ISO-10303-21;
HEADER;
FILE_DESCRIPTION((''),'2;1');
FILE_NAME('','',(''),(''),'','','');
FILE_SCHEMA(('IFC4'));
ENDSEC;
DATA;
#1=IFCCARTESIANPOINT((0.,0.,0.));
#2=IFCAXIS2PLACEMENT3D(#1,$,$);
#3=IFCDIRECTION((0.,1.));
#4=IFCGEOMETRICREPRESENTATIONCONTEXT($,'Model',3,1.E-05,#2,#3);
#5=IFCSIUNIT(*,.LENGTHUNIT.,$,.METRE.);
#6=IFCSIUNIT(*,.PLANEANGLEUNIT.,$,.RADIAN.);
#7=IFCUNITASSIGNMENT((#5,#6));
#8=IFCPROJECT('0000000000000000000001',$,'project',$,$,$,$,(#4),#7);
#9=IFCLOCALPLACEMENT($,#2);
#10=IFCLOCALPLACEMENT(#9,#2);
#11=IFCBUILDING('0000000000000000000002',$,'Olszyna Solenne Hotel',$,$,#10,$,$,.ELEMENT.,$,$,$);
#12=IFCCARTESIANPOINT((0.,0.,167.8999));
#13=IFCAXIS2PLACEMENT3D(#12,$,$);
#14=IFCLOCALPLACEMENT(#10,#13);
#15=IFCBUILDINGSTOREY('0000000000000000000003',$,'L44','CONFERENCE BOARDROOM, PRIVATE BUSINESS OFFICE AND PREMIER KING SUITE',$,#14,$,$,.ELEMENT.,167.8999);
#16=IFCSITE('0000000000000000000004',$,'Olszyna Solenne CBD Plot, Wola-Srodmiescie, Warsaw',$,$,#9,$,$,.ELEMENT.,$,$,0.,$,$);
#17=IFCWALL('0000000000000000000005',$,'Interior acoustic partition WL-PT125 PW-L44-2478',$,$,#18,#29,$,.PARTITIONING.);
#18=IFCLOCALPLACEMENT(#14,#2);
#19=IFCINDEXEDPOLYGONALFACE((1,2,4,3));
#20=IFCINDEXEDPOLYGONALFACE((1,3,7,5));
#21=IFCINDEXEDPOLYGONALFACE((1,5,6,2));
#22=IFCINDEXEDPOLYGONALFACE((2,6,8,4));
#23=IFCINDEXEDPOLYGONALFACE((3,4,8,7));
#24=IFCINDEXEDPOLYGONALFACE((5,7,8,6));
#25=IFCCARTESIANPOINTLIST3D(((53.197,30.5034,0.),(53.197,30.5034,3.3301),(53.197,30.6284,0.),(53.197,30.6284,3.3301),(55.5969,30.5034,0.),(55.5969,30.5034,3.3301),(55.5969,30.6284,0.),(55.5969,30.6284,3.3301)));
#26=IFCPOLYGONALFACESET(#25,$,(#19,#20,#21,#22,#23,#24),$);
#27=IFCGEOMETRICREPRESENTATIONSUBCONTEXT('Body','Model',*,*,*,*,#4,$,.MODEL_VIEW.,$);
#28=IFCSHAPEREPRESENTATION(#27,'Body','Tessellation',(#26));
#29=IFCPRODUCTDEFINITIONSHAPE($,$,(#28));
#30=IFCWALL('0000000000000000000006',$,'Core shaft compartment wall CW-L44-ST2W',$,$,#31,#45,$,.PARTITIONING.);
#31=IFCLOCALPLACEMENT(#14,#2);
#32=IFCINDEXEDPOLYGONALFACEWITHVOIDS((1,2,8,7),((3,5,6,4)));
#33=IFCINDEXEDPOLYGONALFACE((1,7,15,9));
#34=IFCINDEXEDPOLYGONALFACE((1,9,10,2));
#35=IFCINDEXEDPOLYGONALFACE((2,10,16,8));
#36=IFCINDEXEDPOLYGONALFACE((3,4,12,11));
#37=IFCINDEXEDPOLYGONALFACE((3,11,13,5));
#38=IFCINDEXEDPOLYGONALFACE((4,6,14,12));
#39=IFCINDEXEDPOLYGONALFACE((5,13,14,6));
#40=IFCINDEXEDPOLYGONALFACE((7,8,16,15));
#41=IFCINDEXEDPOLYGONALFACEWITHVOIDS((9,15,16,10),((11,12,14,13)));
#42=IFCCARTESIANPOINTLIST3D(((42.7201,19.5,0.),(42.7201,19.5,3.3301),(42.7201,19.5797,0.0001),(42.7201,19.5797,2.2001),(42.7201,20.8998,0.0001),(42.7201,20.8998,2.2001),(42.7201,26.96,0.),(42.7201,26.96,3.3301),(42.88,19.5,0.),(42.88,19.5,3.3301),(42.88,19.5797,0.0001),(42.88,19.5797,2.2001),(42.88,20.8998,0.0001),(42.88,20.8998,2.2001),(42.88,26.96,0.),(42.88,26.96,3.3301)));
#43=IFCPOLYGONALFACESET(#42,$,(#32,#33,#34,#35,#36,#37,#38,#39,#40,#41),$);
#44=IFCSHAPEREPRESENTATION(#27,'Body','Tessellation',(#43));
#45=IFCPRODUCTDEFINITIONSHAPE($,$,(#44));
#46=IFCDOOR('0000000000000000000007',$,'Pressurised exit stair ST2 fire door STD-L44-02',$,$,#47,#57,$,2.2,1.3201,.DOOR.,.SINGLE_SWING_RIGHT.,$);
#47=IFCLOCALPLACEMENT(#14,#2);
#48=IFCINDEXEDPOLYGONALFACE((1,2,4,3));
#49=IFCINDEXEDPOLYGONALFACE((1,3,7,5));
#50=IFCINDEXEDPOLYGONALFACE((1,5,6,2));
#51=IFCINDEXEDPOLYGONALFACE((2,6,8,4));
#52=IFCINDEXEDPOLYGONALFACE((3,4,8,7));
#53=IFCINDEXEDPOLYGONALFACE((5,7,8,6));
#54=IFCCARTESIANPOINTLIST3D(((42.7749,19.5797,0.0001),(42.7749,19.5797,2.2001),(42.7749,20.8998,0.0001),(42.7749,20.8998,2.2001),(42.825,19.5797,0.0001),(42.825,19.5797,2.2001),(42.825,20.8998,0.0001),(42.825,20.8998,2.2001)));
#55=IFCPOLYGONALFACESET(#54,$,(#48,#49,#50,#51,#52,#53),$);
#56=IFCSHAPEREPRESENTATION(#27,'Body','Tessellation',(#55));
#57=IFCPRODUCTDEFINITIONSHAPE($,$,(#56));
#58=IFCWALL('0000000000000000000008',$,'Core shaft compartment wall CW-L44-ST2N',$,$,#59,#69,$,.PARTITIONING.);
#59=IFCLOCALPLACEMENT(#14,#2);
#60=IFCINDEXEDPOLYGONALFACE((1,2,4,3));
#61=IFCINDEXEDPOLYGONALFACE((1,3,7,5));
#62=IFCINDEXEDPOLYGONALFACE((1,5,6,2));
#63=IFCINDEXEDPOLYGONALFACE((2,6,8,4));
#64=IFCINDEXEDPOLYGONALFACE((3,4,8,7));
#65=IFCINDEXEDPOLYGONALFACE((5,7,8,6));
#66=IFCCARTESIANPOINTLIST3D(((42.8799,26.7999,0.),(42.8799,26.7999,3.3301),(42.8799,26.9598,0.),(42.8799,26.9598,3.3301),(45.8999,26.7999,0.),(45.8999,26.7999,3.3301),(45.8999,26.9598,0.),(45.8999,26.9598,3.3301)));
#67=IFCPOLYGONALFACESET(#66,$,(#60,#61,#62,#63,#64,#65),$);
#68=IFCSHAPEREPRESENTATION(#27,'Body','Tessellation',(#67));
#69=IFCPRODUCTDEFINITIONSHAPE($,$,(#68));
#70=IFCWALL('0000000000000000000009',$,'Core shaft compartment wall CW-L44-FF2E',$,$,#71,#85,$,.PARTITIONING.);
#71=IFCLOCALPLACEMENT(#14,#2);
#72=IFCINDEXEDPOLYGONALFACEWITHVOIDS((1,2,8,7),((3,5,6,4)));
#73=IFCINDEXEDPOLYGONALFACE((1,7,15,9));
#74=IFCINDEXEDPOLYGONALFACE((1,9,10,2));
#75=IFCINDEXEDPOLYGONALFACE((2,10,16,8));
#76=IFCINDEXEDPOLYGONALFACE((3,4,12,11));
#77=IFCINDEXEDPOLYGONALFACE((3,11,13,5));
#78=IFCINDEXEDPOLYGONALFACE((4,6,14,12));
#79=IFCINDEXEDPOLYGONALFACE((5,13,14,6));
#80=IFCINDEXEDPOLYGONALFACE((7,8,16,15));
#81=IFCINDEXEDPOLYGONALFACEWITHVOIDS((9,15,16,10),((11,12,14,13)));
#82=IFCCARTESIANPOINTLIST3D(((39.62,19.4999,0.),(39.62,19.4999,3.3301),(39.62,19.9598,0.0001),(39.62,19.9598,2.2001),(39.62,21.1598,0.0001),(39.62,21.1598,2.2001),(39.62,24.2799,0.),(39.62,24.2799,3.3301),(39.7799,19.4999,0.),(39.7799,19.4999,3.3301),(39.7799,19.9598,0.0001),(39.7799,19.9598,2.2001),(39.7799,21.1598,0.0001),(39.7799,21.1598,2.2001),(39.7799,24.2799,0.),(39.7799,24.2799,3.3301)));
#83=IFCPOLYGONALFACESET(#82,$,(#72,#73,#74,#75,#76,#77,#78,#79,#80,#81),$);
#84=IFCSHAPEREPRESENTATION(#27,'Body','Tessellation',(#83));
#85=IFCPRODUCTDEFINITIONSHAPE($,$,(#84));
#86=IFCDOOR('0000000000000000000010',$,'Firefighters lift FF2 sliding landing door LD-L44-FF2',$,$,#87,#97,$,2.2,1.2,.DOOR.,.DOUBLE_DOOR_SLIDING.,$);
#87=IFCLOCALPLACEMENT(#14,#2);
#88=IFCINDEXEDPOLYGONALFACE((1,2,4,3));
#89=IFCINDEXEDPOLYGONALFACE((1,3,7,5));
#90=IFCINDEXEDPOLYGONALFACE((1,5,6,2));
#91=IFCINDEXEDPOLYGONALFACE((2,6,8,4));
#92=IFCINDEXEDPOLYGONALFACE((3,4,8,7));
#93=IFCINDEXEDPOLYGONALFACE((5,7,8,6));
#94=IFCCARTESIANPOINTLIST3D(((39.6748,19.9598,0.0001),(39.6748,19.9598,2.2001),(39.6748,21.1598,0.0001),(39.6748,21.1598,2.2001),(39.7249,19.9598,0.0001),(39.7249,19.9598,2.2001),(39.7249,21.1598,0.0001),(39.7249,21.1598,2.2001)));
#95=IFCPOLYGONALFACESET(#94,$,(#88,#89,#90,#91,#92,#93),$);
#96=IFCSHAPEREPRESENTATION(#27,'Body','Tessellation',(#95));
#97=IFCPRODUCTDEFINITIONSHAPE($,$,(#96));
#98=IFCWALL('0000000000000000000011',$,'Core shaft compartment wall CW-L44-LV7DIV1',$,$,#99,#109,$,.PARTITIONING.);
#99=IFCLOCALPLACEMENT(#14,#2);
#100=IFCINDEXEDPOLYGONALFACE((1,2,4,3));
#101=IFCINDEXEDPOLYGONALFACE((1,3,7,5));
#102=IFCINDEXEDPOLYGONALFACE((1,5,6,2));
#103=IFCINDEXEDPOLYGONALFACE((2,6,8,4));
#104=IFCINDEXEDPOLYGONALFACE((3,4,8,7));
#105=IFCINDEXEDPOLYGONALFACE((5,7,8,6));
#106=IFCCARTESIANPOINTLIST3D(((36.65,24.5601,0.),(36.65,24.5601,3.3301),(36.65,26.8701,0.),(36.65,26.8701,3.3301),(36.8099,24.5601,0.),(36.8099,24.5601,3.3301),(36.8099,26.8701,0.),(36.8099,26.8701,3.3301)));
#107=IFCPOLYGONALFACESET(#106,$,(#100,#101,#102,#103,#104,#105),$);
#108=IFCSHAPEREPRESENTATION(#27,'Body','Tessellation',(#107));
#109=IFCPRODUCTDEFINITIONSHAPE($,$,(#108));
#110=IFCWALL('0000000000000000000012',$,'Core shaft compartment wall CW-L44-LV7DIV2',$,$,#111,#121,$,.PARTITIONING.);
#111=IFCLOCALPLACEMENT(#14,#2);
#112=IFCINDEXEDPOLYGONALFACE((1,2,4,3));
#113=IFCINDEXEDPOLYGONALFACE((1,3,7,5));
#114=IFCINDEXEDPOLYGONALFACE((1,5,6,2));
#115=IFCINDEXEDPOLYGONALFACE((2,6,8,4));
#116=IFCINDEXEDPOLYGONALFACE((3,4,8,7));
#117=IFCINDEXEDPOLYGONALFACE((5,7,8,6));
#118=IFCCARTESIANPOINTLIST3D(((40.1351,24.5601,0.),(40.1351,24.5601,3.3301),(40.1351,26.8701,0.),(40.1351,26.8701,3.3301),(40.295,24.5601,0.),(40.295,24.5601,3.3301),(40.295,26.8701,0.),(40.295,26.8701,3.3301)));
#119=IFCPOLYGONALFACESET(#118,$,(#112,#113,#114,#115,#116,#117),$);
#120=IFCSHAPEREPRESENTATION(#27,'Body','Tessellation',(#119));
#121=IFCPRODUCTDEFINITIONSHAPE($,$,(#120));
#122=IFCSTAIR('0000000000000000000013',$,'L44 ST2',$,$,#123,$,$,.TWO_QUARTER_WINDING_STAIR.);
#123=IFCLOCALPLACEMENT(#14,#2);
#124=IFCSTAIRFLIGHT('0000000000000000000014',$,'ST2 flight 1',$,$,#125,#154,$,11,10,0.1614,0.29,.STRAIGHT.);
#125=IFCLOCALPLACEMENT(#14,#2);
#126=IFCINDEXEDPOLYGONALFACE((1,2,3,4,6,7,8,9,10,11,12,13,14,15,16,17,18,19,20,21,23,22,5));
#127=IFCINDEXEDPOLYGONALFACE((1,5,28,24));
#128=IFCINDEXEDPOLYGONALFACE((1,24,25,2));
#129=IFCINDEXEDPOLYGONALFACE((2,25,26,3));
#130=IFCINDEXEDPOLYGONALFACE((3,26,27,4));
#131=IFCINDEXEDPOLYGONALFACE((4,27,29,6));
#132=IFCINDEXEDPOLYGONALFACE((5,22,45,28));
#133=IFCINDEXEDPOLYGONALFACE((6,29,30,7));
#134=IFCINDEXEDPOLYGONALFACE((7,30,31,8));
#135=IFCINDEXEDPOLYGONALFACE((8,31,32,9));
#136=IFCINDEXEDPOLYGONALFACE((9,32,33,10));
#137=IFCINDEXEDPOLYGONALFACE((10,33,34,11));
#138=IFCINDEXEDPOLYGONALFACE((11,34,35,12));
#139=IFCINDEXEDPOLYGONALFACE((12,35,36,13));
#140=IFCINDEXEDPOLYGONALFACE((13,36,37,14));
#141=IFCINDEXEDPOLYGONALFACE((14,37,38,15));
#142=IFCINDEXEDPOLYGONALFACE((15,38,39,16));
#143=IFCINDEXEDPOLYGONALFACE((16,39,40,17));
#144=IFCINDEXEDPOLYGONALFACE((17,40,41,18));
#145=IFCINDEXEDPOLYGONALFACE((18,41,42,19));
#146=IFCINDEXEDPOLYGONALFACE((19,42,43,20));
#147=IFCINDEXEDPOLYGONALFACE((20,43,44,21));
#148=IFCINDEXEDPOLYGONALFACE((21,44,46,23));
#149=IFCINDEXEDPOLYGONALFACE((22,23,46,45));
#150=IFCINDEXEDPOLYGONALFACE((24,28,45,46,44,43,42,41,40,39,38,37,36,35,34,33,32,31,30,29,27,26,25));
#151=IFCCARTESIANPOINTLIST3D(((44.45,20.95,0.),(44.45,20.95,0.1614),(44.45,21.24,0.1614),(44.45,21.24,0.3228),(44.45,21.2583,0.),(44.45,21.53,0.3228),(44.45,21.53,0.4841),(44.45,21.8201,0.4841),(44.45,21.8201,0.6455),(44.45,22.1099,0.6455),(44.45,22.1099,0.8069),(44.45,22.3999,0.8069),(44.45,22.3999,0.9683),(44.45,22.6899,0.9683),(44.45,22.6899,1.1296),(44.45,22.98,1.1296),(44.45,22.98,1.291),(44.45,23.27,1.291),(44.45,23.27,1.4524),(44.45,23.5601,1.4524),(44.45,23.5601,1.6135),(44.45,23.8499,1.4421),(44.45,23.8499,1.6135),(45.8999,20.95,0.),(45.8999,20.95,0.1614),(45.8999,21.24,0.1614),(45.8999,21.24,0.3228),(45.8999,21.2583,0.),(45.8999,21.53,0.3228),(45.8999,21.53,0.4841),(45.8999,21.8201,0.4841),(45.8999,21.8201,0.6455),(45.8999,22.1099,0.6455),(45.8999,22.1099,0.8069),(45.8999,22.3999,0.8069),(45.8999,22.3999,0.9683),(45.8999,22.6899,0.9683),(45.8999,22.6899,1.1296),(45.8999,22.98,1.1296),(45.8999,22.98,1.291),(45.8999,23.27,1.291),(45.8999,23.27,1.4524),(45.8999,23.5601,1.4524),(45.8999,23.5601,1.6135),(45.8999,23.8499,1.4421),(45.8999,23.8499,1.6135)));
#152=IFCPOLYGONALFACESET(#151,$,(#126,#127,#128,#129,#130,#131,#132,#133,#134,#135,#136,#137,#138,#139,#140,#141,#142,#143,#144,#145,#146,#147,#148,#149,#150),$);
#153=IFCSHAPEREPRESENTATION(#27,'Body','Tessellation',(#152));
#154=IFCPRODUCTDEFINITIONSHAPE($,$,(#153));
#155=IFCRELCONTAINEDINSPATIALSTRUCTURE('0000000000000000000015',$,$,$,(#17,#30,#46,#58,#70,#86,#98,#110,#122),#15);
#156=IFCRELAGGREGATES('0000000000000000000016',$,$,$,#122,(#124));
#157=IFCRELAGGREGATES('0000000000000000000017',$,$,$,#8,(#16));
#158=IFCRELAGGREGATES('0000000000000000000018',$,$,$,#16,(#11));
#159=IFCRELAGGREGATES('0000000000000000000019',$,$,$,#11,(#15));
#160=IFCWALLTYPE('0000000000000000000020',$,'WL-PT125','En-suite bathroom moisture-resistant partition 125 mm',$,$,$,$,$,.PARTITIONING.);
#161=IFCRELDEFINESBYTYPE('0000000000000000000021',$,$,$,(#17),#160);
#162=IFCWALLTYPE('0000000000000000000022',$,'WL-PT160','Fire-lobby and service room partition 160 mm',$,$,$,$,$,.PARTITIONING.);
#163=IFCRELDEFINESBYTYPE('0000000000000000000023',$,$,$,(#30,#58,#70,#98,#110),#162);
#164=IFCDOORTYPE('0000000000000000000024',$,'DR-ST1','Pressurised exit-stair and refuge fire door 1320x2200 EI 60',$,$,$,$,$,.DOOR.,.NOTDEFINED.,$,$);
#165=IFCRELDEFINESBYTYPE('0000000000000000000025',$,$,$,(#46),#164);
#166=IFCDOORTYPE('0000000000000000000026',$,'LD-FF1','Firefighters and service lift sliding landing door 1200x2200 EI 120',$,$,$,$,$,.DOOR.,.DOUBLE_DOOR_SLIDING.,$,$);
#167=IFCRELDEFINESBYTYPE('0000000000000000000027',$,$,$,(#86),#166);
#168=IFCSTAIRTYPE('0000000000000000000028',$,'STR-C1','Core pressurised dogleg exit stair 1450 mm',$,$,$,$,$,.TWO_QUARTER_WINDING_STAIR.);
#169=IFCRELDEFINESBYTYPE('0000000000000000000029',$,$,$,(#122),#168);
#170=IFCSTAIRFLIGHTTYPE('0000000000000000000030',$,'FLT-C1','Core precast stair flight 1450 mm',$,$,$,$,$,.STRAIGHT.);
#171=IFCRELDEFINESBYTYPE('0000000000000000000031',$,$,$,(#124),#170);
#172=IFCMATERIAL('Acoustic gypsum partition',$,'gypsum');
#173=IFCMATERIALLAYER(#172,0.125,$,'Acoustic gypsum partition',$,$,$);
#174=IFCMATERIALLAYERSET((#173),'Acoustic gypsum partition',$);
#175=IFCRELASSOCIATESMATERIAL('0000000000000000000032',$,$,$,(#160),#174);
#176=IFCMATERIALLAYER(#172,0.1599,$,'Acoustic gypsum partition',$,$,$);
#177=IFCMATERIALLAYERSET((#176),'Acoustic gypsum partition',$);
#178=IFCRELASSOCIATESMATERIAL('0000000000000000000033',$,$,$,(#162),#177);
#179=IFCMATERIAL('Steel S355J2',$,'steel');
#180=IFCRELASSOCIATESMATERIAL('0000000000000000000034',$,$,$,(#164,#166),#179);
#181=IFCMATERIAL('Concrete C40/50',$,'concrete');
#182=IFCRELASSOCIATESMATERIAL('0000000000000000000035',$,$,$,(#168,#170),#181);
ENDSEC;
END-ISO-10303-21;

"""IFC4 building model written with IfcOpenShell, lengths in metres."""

from ifc_helpers import new_model, si_unit, direction, frame, frame_2d, origin, place, context, subcontext, project, spatial, polyline, rectangle, outline, extrude, source, transform, mapped, material, layer, layer_set, type_object, type_shapes, element, fill, aggregate, save


model = new_model("IFC4")

# Units and contexts
model_context = context("Model", 3, precision=1e-05, world=origin(), true_north=direction((0.0, 1.0)))
body_context = subcontext(model_context, "Body", "Model", "MODEL_VIEW")
ifc_project = project(units=[si_unit("LENGTHUNIT", "METRE"), si_unit("PLANEANGLEUNIT", "RADIAN")], contexts=[model_context])

# Site, building, storey
site_placement = place(None, origin())
site = spatial("IfcSite", under=ifc_project, at=site_placement, Name="Olszyna Solenne CBD Plot, Wola-Srodmiescie, Warsaw", CompositionType="ELEMENT", RefElevation=0.0)
building_placement = place(site_placement, origin())
building = spatial("IfcBuilding", under=site, at=building_placement, Name="Olszyna Solenne Hotel", CompositionType="ELEMENT")
storey_placement = place(building_placement, frame((0.0, 0.0, 167.8999)))
storey = spatial("IfcBuildingStorey", under=building, at=storey_placement, Name="L44", Description="CONFERENCE BOARDROOM, PRIVATE BUSINESS OFFICE AND PREMIER KING SUITE", CompositionType="ELEMENT", Elevation=167.8999)

# Shared definitions
ifc_material_1 = material(Name="Steel S355J2", Category="steel")

# Shared definitions
ifc_material_2 = material(Name="Acoustic gypsum partition", Category="gypsum")
ifc_layer_1 = layer(ifc_material_2, 0.125, Name="Acoustic gypsum partition")
ifc_layer_set_1 = layer_set([ifc_layer_1], Name="Acoustic gypsum partition")
wall_type_1 = type_object("IfcWallType", Name="WL-PT125", Description="En-suite bathroom moisture-resistant partition 125 mm", PredefinedType="PARTITIONING", material=ifc_layer_set_1)

# Wall
wall_1_placement = place(storey_placement, frame((53.197, 30.5659, 0.0), z_axis=(0.0, 0.0, 1.0), x_axis=(1.0, 0.0, 0.0)))
element("IfcWall", 1, at=wall_1_placement, inside=storey, type_object=wall_type_1, Name="Interior acoustic partition WL-PT125 PW-L44-2478", PredefinedType="PARTITIONING", context=body_context, shape_type="SweptSolid", body=[
    extrude(rectangle(XDim=2.3999, YDim=0.125, at=frame_2d((1.2, 0.0))), origin(), (0.0, 0.0, 1.0), 3.3301),
])

# Wall, opening, door
ifc_layer_2 = layer(ifc_material_2, 0.1599, Name="Acoustic gypsum partition")
ifc_layer_set_2 = layer_set([ifc_layer_2], Name="Acoustic gypsum partition")
wall_type_2 = type_object("IfcWallType", Name="WL-PT160", Description="Fire-lobby and service room partition 160 mm", PredefinedType="PARTITIONING", material=ifc_layer_set_2)
wall_2_placement = place(storey_placement, frame((42.8, 26.96, 0.0), z_axis=(0.0, 0.0, 1.0), x_axis=(0.0, -1.0, 0.0)))
wall_2 = element("IfcWall", 2, at=wall_2_placement, inside=storey, type_object=wall_type_2, Name="Core shaft compartment wall CW-L44-ST2W", PredefinedType="PARTITIONING", context=body_context, shape_type="SweptSolid", body=[
    extrude(rectangle(XDim=7.46, YDim=0.1599, at=frame_2d((3.73, 0.0))), origin(), (0.0, 0.0, 1.0), 3.3301),
])
opening_1_placement = place(wall_2_placement, frame((6.0601, 0.0, 0.0)))
opening_1 = element("IfcOpeningElement", 3, at=opening_1_placement, cuts=wall_2, PredefinedType="OPENING", context=body_context, shape_type="SweptSolid", body=[
    extrude(rectangle(XDim=1.3201, YDim=2.2, at=frame_2d((0.6602, 1.1001))), frame((0.0, 0.0898, 0.0), z_axis=(0.0, -1.0, 0.0), x_axis=(1.0, 0.0, 0.0)), (0.0, 0.0, 1.0), 0.1799),
])
door_type_1 = type_object("IfcDoorType", Name="DR-ST1", Description="Pressurised exit-stair and refuge fire door 1320x2200 EI 60", OperationType="NOTDEFINED", PredefinedType="DOOR", material=ifc_material_1)
shared_shape_1 = source(origin(), body_context, "Body", "SweptSolid", [
    extrude(rectangle(XDim=1.3201, YDim=2.2, at=frame_2d((0.6602, 1.1001))), frame((0.0, 0.0249, 0.0), z_axis=(0.0, -1.0, 0.0), x_axis=(1.0, 0.0, 0.0)), (0.0, 0.0, 1.0), 0.05),
])
type_shapes(door_type_1, [shared_shape_1])
door_1_placement = place(opening_1_placement, origin())
door_1 = element("IfcDoor", 4, at=door_1_placement, inside=storey, type_object=door_type_1, Name="Pressurised exit stair ST2 fire door STD-L44-02", OperationType="SINGLE_SWING_RIGHT", OverallHeight=2.2, OverallWidth=1.3201, PredefinedType="DOOR", context=body_context, shape_type="MappedRepresentation", body=[
    mapped(shared_shape_1, transform((0.0, 0.0, 0.0), x_axis=(1.0, 0.0, 0.0), y_axis=(0.0, 1.0, 0.0), z_axis=(0.0, 0.0, 1.0), scale=1.0)),
])
fill(opening_1, door_1)

# Wall
wall_3_placement = place(storey_placement, frame((42.8799, 26.8799, 0.0), z_axis=(0.0, 0.0, 1.0), x_axis=(1.0, 0.0, 0.0)))
element("IfcWall", 5, at=wall_3_placement, inside=storey, type_object=wall_type_2, Name="Core shaft compartment wall CW-L44-ST2N", PredefinedType="PARTITIONING", context=body_context, shape_type="SweptSolid", body=[
    extrude(rectangle(XDim=3.02, YDim=0.1599, at=frame_2d((1.51, 0.0))), origin(), (0.0, 0.0, 1.0), 3.3301),
])

# Wall, opening, door
wall_4_placement = place(storey_placement, frame((39.7, 24.28, 0.0), z_axis=(0.0, 0.0, 1.0), x_axis=(0.0, -1.0, 0.0)))
wall_4 = element("IfcWall", 6, at=wall_4_placement, inside=storey, type_object=wall_type_2, Name="Core shaft compartment wall CW-L44-FF2E", PredefinedType="PARTITIONING", context=body_context, shape_type="SweptSolid", body=[
    extrude(rectangle(XDim=4.78, YDim=0.1599, at=frame_2d((2.3901, 0.0))), origin(), (0.0, 0.0, 1.0), 3.3301),
])
opening_2_placement = place(wall_4_placement, frame((3.1201, 0.0, 0.0)))
opening_2 = element("IfcOpeningElement", 7, at=opening_2_placement, cuts=wall_4, PredefinedType="OPENING", context=body_context, shape_type="SweptSolid", body=[
    extrude(rectangle(XDim=1.2, YDim=2.2, at=frame_2d((0.6001, 1.1001))), frame((0.0, 0.0898, 0.0), z_axis=(0.0, -1.0, 0.0), x_axis=(1.0, 0.0, 0.0)), (0.0, 0.0, 1.0), 0.1799),
])
door_type_2 = type_object("IfcDoorType", Name="LD-FF1", Description="Firefighters and service lift sliding landing door 1200x2200 EI 120", OperationType="DOUBLE_DOOR_SLIDING", PredefinedType="DOOR", material=ifc_material_1)
shared_shape_2 = source(origin(), body_context, "Body", "SweptSolid", [
    extrude(rectangle(XDim=1.2, YDim=2.2, at=frame_2d((0.6001, 1.1001))), frame((0.0, 0.0249, 0.0), z_axis=(0.0, -1.0, 0.0), x_axis=(1.0, 0.0, 0.0)), (0.0, 0.0, 1.0), 0.05),
])
type_shapes(door_type_2, [shared_shape_2])
door_2_placement = place(opening_2_placement, origin())
door_2 = element("IfcDoor", 8, at=door_2_placement, inside=storey, type_object=door_type_2, Name="Firefighters lift FF2 sliding landing door LD-L44-FF2", OperationType="DOUBLE_DOOR_SLIDING", OverallHeight=2.2, OverallWidth=1.2, PredefinedType="DOOR", context=body_context, shape_type="MappedRepresentation", body=[
    mapped(shared_shape_2, transform((0.0, 0.0, 0.0), x_axis=(1.0, 0.0, 0.0), y_axis=(0.0, 1.0, 0.0), z_axis=(0.0, 0.0, 1.0), scale=1.0)),
])
fill(opening_2, door_2)

# Walls
for number, where, z_axis, x_axis, name in (
    (9, (36.73, 24.5601, 0.0), (0.0, 0.0, 1.0), (0.0, 1.0, 0.0), "Core shaft compartment wall CW-L44-LV7DIV1"),
    (10, (40.2151, 24.5601, 0.0), (0.0, 0.0, 1.0), (0.0, 1.0, 0.0), "Core shaft compartment wall CW-L44-LV7DIV2"),
):
    element("IfcWall", number, at=place(storey_placement, frame(where, z_axis=z_axis, x_axis=x_axis)), inside=storey, type_object=wall_type_2, Name=name, PredefinedType="PARTITIONING", context=body_context, shape_type="SweptSolid", body=[
        extrude(rectangle(XDim=2.3101, YDim=0.1599, at=frame_2d((1.155, 0.0))), origin(), (0.0, 0.0, 1.0), 3.3301),
    ])

# Stair, stair flight
ifc_material_3 = material(Name="Concrete C40/50", Category="concrete")
stair_type = type_object("IfcStairType", Name="STR-C1", Description="Core pressurised dogleg exit stair 1450 mm", PredefinedType="TWO_QUARTER_WINDING_STAIR", material=ifc_material_3)
stair_placement = place(storey_placement, origin())
stair = element("IfcStair", 11, at=stair_placement, inside=storey, type_object=stair_type, Name="L44 ST2", PredefinedType="TWO_QUARTER_WINDING_STAIR")
stair_flight_type = type_object("IfcStairFlightType", Name="FLT-C1", Description="Core precast stair flight 1450 mm", PredefinedType="STRAIGHT", material=ifc_material_3)
stair_flight_1_placement = place(storey_placement, frame((45.175, 20.95, 0.0), z_axis=(0.0, 0.0, 1.0), x_axis=(0.0, 1.0, 0.0)))
stair_flight_1 = element("IfcStairFlight", 12, at=stair_flight_1_placement, type_object=stair_flight_type, Name="ST2 flight 1", NumberOfRisers=11, NumberOfTreads=10, PredefinedType="STRAIGHT", RiserHeight=0.1614, TreadLength=0.29, context=body_context, shape_type="SweptSolid", body=[
    extrude(outline(polyline([(0.0, 0.0), (0.0, 0.1614), (0.29, 0.1614), (0.29, 0.3228), (0.5801, 0.3228), (0.5801, 0.4841), (0.8701, 0.4841), (0.8701, 0.6455), (1.1599, 0.6455), (1.1599, 0.8069), (1.45, 0.8069), (1.45, 0.9683), (1.74, 0.9683), (1.74, 1.1296), (2.03, 1.1296), (2.03, 1.291), (2.3201, 1.291), (2.3201, 1.4524), (2.6101, 1.4524), (2.6101, 1.6135), (2.8999, 1.6135), (2.8999, 1.7749), (2.8999, 1.4421), (0.3083, 0.0), (0.0, 0.0)])), frame((0.0, 0.7251, 0.0), z_axis=(0.0, -1.0, 0.0), x_axis=(1.0, 0.0, 0.0)), (0.0, 0.0, 1.0), 1.45),
])
aggregate(stair, [stair_flight_1])

save(model, "model.ifc")
